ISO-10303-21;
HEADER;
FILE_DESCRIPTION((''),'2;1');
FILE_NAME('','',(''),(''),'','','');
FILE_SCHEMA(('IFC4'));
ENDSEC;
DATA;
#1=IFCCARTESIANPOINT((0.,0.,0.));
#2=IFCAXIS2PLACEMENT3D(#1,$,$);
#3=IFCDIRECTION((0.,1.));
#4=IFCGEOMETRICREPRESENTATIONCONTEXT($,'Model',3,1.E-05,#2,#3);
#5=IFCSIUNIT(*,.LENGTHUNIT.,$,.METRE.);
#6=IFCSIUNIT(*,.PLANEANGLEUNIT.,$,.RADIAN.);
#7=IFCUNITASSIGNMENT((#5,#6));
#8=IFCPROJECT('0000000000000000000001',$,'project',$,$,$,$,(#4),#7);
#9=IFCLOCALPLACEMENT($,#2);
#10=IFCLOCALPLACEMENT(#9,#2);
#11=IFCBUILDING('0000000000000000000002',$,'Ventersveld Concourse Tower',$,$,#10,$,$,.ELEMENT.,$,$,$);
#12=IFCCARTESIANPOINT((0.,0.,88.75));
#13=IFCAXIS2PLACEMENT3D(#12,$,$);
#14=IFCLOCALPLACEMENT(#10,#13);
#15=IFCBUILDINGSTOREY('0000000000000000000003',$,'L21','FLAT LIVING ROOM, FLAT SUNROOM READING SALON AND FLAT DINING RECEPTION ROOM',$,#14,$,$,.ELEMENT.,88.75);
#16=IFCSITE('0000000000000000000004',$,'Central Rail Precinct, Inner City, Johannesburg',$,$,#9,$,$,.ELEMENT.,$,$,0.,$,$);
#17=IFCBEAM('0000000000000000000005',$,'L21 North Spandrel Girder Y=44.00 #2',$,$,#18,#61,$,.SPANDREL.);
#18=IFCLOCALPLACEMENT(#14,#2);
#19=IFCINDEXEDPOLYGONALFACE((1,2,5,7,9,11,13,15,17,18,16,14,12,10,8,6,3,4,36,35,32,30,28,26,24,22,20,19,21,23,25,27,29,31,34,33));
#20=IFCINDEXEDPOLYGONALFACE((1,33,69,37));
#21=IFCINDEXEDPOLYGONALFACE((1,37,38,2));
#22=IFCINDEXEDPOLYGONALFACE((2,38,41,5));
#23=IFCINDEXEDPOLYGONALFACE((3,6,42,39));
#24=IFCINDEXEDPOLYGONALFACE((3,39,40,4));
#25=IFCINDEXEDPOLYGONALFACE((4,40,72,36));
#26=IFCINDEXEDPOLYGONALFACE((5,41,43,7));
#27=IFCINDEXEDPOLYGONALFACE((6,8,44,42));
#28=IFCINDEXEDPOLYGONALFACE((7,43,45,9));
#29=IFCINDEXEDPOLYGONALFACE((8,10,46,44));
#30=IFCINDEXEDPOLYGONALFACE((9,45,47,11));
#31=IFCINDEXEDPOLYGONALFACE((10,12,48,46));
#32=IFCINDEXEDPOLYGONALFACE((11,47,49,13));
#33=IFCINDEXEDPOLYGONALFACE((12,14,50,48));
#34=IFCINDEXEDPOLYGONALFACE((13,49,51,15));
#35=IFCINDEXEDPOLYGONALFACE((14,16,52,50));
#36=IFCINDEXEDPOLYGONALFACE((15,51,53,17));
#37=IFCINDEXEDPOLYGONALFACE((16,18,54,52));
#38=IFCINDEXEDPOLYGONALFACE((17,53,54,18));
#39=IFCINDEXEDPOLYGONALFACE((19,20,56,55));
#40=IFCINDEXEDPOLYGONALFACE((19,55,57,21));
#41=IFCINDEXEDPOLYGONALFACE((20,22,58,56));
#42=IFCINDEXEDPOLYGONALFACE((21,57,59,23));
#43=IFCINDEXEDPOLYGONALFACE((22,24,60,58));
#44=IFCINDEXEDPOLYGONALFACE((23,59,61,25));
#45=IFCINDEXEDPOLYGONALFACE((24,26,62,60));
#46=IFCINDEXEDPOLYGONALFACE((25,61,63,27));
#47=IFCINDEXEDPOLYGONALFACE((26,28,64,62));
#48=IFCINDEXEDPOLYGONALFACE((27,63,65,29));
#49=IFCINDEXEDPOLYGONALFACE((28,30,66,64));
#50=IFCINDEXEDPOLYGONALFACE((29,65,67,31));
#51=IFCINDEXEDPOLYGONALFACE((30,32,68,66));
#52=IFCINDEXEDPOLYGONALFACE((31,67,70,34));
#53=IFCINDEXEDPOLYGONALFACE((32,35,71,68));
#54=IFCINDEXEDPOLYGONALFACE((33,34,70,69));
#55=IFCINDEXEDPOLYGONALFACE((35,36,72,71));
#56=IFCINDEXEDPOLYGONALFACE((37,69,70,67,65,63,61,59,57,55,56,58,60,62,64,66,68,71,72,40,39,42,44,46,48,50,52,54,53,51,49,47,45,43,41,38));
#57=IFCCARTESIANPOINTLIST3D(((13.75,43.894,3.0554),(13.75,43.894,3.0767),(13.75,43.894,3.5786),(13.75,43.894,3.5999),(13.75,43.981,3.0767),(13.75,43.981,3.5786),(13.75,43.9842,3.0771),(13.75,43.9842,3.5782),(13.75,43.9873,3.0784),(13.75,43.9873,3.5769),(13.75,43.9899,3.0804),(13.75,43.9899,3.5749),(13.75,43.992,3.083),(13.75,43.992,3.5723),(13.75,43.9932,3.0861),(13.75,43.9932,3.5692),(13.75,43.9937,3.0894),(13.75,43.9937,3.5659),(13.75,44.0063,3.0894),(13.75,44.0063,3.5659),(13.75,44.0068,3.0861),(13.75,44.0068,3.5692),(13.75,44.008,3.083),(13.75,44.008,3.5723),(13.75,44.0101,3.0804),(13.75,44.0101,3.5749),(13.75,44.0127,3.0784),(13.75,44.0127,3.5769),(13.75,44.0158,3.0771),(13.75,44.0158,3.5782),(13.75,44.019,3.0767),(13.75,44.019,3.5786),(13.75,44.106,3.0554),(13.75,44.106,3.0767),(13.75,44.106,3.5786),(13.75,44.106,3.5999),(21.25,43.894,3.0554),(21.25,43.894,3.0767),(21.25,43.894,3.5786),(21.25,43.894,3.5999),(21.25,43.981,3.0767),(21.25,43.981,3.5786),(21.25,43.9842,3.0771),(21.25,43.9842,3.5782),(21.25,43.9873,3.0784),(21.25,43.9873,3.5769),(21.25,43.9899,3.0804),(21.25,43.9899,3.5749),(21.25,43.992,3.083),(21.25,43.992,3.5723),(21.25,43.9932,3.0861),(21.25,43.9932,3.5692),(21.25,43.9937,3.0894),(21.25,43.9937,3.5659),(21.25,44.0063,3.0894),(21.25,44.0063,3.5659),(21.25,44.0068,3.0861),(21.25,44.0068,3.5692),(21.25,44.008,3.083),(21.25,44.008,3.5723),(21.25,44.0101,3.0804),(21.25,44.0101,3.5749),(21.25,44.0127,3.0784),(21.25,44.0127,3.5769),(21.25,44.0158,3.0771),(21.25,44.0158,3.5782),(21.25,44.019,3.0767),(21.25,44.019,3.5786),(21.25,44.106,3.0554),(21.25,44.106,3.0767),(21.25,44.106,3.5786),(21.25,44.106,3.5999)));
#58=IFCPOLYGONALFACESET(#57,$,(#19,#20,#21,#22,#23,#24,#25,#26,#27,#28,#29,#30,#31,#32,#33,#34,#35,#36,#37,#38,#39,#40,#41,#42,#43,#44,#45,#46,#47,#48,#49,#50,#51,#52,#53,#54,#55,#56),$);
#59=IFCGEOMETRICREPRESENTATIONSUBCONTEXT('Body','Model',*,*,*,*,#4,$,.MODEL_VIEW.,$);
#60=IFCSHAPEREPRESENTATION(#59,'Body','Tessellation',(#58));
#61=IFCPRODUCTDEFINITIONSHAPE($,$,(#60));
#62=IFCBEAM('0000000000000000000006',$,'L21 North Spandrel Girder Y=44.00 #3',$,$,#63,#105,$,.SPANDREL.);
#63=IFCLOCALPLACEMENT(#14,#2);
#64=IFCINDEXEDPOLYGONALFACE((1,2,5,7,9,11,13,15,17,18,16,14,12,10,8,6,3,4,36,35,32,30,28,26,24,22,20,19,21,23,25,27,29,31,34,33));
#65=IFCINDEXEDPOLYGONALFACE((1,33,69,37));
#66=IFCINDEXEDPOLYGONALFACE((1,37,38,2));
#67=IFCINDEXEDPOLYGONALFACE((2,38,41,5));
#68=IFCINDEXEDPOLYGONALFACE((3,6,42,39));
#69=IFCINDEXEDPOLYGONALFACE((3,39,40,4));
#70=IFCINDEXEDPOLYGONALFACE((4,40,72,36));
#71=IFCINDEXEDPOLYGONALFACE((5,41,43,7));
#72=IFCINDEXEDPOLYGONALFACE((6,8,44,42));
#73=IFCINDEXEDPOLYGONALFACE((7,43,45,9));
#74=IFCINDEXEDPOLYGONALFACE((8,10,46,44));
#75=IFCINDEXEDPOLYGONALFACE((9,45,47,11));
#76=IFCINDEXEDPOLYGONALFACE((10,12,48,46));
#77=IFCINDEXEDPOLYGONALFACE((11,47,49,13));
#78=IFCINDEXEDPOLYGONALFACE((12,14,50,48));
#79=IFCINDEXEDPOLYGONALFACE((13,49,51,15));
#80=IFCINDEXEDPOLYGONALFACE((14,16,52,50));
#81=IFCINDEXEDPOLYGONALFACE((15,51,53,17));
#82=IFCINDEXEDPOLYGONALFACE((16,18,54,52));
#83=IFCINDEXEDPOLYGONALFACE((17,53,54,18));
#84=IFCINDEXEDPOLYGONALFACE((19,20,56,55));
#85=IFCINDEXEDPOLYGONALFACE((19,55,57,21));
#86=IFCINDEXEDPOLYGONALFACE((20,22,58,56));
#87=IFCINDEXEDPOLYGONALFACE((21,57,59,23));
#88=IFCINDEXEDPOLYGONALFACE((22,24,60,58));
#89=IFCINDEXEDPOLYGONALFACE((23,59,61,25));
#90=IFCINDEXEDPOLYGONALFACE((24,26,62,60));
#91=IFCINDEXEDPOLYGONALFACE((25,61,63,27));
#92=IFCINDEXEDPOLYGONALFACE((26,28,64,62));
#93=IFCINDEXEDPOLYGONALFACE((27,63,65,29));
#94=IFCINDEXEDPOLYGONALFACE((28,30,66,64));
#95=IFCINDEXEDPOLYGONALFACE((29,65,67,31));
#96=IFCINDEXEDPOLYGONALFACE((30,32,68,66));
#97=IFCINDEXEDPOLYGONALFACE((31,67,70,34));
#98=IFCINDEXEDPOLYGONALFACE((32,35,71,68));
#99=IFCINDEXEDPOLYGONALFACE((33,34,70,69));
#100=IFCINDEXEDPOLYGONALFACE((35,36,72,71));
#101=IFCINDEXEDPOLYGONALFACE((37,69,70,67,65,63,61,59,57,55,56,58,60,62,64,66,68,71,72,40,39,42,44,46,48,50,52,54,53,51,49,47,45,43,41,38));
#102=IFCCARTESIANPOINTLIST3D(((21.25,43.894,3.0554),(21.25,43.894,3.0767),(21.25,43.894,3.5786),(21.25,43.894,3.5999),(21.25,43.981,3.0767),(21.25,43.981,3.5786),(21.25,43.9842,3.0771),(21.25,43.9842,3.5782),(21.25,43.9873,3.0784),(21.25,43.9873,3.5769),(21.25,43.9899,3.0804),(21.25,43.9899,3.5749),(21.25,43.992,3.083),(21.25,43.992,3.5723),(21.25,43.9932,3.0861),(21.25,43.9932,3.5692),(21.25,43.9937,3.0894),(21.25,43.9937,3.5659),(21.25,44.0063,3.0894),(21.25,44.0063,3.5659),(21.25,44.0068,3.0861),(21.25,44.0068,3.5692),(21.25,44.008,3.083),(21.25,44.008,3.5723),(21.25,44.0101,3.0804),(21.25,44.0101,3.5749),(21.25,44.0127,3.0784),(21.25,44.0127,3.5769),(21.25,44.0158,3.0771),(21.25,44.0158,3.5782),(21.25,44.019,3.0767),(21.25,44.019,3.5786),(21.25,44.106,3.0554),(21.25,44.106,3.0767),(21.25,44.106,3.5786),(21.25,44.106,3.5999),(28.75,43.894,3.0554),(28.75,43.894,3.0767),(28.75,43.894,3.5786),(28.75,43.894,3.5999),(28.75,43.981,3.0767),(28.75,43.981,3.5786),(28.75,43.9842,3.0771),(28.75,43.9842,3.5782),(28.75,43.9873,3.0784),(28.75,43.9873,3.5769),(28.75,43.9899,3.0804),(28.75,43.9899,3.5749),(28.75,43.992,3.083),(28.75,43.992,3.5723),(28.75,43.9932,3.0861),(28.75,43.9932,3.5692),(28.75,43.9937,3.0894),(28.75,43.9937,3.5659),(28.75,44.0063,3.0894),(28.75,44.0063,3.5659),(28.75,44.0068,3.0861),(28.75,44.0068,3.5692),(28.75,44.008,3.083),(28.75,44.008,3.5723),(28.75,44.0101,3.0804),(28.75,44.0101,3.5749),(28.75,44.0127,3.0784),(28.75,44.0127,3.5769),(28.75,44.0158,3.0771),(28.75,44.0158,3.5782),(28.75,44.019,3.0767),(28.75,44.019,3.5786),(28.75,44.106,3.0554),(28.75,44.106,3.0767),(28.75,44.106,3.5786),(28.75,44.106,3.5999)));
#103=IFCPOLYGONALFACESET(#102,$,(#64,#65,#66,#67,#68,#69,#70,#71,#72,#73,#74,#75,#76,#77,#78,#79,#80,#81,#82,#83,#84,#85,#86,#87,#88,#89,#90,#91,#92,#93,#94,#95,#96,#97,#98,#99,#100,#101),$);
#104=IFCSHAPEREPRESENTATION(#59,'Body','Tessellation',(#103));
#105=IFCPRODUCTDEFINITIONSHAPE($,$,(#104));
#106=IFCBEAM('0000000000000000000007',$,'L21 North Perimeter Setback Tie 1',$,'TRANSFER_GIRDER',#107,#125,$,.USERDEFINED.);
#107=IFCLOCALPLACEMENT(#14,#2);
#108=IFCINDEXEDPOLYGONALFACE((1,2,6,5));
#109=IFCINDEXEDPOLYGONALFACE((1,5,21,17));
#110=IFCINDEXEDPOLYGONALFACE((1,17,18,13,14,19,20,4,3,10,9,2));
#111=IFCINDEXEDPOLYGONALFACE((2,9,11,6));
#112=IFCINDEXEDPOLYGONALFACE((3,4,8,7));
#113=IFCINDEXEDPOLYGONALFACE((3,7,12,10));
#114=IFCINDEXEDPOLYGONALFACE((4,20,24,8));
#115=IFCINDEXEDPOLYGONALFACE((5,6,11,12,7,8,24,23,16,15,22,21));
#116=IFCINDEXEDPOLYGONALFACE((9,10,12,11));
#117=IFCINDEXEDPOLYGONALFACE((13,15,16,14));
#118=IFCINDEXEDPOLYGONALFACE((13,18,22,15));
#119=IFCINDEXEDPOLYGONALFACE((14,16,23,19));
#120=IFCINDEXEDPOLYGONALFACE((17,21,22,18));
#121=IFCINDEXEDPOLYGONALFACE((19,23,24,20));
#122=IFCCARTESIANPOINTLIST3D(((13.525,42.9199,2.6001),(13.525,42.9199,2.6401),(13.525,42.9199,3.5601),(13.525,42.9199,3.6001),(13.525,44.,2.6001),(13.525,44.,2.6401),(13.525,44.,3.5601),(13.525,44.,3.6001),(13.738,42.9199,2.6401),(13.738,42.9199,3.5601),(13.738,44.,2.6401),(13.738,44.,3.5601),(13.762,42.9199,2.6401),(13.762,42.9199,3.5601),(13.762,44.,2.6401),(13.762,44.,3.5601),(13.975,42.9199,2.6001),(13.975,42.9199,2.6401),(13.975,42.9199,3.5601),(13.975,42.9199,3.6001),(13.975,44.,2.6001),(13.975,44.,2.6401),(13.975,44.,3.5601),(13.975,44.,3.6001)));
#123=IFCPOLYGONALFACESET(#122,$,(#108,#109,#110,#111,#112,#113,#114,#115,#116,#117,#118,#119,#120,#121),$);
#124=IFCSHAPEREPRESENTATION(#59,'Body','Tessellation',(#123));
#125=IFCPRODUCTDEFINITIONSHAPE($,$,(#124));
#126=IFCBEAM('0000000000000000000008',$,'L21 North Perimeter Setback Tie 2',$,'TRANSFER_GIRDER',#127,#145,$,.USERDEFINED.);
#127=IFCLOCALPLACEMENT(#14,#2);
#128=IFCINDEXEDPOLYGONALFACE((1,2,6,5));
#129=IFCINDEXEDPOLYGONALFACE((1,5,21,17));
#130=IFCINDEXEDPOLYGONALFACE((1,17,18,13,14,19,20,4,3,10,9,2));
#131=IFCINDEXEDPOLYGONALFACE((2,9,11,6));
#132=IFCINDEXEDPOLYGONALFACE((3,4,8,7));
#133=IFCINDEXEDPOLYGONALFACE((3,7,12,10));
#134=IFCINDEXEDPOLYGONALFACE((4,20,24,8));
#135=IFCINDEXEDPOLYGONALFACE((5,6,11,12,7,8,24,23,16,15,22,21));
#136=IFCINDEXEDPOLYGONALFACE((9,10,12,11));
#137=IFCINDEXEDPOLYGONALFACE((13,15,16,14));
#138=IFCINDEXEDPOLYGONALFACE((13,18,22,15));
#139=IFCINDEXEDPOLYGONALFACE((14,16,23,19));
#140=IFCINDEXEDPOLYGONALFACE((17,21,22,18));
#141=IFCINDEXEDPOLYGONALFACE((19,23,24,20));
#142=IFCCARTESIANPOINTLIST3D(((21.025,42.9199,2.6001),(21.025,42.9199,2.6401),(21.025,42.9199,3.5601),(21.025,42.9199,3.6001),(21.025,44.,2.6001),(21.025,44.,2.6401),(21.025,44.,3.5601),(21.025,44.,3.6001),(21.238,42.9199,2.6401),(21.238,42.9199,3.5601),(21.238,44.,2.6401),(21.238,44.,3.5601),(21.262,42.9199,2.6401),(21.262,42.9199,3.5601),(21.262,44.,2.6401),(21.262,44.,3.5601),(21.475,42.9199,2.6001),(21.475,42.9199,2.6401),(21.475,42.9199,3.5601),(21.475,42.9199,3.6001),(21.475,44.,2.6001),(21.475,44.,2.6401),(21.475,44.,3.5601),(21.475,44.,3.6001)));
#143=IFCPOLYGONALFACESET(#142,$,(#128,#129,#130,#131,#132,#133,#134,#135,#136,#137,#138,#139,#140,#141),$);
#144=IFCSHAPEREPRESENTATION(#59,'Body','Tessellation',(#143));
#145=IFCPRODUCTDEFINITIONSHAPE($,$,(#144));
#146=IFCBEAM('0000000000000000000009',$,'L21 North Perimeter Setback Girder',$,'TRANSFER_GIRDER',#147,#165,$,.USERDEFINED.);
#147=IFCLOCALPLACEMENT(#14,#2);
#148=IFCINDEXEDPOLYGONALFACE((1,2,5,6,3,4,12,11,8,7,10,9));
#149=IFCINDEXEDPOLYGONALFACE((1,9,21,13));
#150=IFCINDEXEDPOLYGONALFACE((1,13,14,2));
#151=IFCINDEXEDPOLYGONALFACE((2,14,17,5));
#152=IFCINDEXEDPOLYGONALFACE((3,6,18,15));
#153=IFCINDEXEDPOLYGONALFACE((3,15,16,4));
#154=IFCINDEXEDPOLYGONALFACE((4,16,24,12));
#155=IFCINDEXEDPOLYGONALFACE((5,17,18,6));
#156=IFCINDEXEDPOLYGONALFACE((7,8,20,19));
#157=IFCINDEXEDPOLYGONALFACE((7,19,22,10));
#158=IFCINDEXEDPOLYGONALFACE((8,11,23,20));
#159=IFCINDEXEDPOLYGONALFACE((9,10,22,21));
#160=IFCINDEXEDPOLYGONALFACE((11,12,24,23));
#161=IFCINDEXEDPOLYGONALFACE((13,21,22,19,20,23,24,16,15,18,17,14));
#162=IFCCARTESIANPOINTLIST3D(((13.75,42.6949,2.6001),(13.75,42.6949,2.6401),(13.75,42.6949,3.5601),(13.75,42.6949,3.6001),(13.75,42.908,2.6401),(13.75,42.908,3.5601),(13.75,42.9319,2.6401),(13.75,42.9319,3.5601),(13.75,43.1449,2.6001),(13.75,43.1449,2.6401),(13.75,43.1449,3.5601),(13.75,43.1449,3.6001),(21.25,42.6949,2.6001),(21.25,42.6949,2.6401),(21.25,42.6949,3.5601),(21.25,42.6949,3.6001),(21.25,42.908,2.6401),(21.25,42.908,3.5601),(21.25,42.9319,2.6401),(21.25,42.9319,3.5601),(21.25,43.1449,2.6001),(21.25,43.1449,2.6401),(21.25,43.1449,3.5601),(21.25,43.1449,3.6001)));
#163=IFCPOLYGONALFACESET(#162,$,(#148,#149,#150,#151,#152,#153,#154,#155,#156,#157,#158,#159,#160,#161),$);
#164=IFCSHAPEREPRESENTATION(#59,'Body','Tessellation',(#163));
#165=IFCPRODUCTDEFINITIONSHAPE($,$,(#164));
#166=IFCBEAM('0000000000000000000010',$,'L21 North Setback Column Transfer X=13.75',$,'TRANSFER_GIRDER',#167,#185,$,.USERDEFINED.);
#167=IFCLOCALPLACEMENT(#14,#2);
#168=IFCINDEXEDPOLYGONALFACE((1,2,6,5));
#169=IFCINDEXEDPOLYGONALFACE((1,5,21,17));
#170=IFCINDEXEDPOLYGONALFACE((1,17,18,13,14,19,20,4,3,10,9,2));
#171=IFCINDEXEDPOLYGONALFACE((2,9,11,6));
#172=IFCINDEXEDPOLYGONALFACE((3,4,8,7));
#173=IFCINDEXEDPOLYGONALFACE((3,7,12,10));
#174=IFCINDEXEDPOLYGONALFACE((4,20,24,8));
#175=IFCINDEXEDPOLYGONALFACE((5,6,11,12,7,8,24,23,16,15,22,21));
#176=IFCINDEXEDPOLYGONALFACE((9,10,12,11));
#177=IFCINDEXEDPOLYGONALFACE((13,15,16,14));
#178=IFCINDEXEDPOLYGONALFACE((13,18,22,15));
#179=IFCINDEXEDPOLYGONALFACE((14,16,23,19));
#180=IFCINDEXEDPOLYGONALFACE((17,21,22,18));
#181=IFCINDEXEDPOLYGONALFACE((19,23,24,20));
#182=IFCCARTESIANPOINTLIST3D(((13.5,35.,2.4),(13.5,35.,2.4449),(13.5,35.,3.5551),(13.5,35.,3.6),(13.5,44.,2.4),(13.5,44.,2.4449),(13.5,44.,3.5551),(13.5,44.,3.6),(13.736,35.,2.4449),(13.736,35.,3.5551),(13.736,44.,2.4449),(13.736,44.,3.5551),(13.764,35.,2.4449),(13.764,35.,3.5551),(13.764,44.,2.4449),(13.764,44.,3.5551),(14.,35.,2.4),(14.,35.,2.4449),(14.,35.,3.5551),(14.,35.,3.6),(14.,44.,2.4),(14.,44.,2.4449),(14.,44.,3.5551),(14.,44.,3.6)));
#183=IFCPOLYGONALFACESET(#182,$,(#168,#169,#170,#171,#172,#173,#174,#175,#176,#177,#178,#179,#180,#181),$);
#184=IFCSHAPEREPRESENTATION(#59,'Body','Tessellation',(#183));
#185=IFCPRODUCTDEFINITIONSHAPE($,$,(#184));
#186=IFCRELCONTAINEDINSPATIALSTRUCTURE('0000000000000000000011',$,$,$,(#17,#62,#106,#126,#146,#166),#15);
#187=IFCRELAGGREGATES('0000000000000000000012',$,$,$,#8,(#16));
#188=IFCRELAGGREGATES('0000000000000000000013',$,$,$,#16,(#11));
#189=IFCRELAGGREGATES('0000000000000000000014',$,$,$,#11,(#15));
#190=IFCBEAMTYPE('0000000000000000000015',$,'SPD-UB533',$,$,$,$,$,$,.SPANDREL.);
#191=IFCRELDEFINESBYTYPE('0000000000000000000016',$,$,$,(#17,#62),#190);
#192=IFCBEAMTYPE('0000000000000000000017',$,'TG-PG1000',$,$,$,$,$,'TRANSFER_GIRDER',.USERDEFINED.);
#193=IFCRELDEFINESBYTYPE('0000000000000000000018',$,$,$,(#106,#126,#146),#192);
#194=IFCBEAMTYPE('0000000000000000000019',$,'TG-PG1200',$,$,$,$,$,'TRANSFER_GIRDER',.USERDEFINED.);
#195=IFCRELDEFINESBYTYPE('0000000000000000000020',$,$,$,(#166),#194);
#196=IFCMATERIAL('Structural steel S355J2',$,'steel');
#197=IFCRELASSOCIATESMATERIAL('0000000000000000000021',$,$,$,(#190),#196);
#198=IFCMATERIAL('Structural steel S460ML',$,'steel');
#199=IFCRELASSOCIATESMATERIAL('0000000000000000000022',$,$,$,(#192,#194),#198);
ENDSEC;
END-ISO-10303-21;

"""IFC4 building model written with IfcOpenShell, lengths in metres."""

from ifc_helpers import new_model, si_unit, direction, frame, origin, origin_2d, place, context, subcontext, project, spatial, i_section, extrude, material, material_profile, profile_set, type_object, element, save


model = new_model("IFC4")

# Units and contexts
model_context = context("Model", 3, precision=1e-05, world=origin(), true_north=direction((0.0, 1.0)))
body_context = subcontext(model_context, "Body", "Model", "MODEL_VIEW")
ifc_project = project(units=[si_unit("LENGTHUNIT", "METRE"), si_unit("PLANEANGLEUNIT", "RADIAN")], contexts=[model_context])

# Site, building, storey
site_placement = place(None, origin())
site = spatial("IfcSite", under=ifc_project, at=site_placement, Name="Central Rail Precinct, Inner City, Johannesburg", CompositionType="ELEMENT", RefElevation=0.0)
building_placement = place(site_placement, origin())
building = spatial("IfcBuilding", under=site, at=building_placement, Name="Ventersveld Concourse Tower", CompositionType="ELEMENT")
storey_placement = place(building_placement, frame((0.0, 0.0, 88.75)))
storey = spatial("IfcBuildingStorey", under=building, at=storey_placement, Name="L21", Description="FLAT LIVING ROOM, FLAT SUNROOM READING SALON AND FLAT DINING RECEPTION ROOM", CompositionType="ELEMENT", Elevation=88.75)

# Shared definitions
ifc_material_1 = material(Name="Structural steel S355J2", Category="steel")

# Beams
ifc_material_profile_1 = material_profile(ifc_material_1, i_section(OverallWidth=0.2119, OverallDepth=0.5444, WebThickness=0.0127, FlangeThickness=0.0212, FilletRadius=0.0127, at=origin_2d()), Name="UB 533x210x122")
ifc_profile_set_1 = profile_set([ifc_material_profile_1], Name="Structural steel S355J2")
beam_type_1 = type_object("IfcBeamType", Name="SPD-UB533", PredefinedType="SPANDREL", material=ifc_profile_set_1)
for number, where, z_axis, x_axis, name in (
    (1, (13.75, 44.0, 3.3276), (1.0, 0.0, 0.0), (0.0, 1.0, 0.0), "L21 North Spandrel Girder Y=44.00 #2"),
    (2, (21.25, 44.0, 3.3276), (1.0, 0.0, 0.0), (0.0, 1.0, 0.0), "L21 North Spandrel Girder Y=44.00 #3"),
):
    element("IfcBeam", number, at=place(storey_placement, frame(where, z_axis=z_axis, x_axis=x_axis)), inside=storey, type_object=beam_type_1, Name=name, PredefinedType="SPANDREL", context=body_context, shape_type="SweptSolid", body=[
        extrude(i_section(OverallWidth=0.2119, OverallDepth=0.5444, WebThickness=0.0127, FlangeThickness=0.0212, FilletRadius=0.0127, at=origin_2d()), origin(), (0.0, 0.0, 1.0), 7.5),
    ])
ifc_material_2 = material(Name="Structural steel S460ML", Category="steel")
ifc_material_profile_2 = material_profile(ifc_material_2, i_section(OverallWidth=0.45, OverallDepth=1.0, WebThickness=0.0239, FlangeThickness=0.04, at=origin_2d()), Name="PG 1000x450x40")
ifc_profile_set_2 = profile_set([ifc_material_profile_2], Name="Structural steel S460ML")
beam_type_2 = type_object("IfcBeamType", Name="TG-PG1000", ElementType="TRANSFER_GIRDER", PredefinedType="USERDEFINED", material=ifc_profile_set_2)
for number, where, z_axis, x_axis, name in (
    (3, (13.75, 44.0, 3.1001), (0.0, -1.0, 0.0), (1.0, 0.0, 0.0), "L21 North Perimeter Setback Tie 1"),
    (4, (21.25, 44.0, 3.1001), (0.0, -1.0, 0.0), (1.0, 0.0, 0.0), "L21 North Perimeter Setback Tie 2"),
):
    element("IfcBeam", number, at=place(storey_placement, frame(where, z_axis=z_axis, x_axis=x_axis)), inside=storey, type_object=beam_type_2, Name=name, ObjectType="TRANSFER_GIRDER", PredefinedType="USERDEFINED", context=body_context, shape_type="SweptSolid", body=[
        extrude(i_section(OverallWidth=0.45, OverallDepth=1.0, WebThickness=0.0239, FlangeThickness=0.04, at=origin_2d()), origin(), (0.0, 0.0, 1.0), 1.0801),
    ])
beam_placement = place(storey_placement, frame((13.75, 42.9199, 3.1001), z_axis=(1.0, 0.0, 0.0), x_axis=(0.0, 1.0, 0.0)))
element("IfcBeam", 5, at=beam_placement, inside=storey, type_object=beam_type_2, Name="L21 North Perimeter Setback Girder", ObjectType="TRANSFER_GIRDER", PredefinedType="USERDEFINED", context=body_context, shape_type="SweptSolid", body=[
    extrude(i_section(OverallWidth=0.45, OverallDepth=1.0, WebThickness=0.0239, FlangeThickness=0.04, at=origin_2d()), origin(), (0.0, 0.0, 1.0), 7.5),
])
ifc_material_profile_3 = material_profile(ifc_material_2, i_section(OverallWidth=0.5, OverallDepth=1.2, WebThickness=0.0281, FlangeThickness=0.0449, at=origin_2d()), Name="PG 1200x500x45")
ifc_profile_set_3 = profile_set([ifc_material_profile_3], Name="Structural steel S460ML")
beam_type_3 = type_object("IfcBeamType", Name="TG-PG1200", ElementType="TRANSFER_GIRDER", PredefinedType="USERDEFINED", material=ifc_profile_set_3)
for number, where, z_axis, x_axis, name in (
    (6, (13.75, 35.0, 3.0), (0.0, 1.0, 0.0), (-1.0, 0.0, 0.0), "L21 North Setback Column Transfer X=13.75"),
):
    element("IfcBeam", number, at=place(storey_placement, frame(where, z_axis=z_axis, x_axis=x_axis)), inside=storey, type_object=beam_type_3, Name=name, ObjectType="TRANSFER_GIRDER", PredefinedType="USERDEFINED", context=body_context, shape_type="SweptSolid", body=[
        extrude(i_section(OverallWidth=0.5, OverallDepth=1.2, WebThickness=0.0281, FlangeThickness=0.0449, at=origin_2d()), origin(), (0.0, 0.0, 1.0), 9.0),
    ])

save(model, "model.ifc")
